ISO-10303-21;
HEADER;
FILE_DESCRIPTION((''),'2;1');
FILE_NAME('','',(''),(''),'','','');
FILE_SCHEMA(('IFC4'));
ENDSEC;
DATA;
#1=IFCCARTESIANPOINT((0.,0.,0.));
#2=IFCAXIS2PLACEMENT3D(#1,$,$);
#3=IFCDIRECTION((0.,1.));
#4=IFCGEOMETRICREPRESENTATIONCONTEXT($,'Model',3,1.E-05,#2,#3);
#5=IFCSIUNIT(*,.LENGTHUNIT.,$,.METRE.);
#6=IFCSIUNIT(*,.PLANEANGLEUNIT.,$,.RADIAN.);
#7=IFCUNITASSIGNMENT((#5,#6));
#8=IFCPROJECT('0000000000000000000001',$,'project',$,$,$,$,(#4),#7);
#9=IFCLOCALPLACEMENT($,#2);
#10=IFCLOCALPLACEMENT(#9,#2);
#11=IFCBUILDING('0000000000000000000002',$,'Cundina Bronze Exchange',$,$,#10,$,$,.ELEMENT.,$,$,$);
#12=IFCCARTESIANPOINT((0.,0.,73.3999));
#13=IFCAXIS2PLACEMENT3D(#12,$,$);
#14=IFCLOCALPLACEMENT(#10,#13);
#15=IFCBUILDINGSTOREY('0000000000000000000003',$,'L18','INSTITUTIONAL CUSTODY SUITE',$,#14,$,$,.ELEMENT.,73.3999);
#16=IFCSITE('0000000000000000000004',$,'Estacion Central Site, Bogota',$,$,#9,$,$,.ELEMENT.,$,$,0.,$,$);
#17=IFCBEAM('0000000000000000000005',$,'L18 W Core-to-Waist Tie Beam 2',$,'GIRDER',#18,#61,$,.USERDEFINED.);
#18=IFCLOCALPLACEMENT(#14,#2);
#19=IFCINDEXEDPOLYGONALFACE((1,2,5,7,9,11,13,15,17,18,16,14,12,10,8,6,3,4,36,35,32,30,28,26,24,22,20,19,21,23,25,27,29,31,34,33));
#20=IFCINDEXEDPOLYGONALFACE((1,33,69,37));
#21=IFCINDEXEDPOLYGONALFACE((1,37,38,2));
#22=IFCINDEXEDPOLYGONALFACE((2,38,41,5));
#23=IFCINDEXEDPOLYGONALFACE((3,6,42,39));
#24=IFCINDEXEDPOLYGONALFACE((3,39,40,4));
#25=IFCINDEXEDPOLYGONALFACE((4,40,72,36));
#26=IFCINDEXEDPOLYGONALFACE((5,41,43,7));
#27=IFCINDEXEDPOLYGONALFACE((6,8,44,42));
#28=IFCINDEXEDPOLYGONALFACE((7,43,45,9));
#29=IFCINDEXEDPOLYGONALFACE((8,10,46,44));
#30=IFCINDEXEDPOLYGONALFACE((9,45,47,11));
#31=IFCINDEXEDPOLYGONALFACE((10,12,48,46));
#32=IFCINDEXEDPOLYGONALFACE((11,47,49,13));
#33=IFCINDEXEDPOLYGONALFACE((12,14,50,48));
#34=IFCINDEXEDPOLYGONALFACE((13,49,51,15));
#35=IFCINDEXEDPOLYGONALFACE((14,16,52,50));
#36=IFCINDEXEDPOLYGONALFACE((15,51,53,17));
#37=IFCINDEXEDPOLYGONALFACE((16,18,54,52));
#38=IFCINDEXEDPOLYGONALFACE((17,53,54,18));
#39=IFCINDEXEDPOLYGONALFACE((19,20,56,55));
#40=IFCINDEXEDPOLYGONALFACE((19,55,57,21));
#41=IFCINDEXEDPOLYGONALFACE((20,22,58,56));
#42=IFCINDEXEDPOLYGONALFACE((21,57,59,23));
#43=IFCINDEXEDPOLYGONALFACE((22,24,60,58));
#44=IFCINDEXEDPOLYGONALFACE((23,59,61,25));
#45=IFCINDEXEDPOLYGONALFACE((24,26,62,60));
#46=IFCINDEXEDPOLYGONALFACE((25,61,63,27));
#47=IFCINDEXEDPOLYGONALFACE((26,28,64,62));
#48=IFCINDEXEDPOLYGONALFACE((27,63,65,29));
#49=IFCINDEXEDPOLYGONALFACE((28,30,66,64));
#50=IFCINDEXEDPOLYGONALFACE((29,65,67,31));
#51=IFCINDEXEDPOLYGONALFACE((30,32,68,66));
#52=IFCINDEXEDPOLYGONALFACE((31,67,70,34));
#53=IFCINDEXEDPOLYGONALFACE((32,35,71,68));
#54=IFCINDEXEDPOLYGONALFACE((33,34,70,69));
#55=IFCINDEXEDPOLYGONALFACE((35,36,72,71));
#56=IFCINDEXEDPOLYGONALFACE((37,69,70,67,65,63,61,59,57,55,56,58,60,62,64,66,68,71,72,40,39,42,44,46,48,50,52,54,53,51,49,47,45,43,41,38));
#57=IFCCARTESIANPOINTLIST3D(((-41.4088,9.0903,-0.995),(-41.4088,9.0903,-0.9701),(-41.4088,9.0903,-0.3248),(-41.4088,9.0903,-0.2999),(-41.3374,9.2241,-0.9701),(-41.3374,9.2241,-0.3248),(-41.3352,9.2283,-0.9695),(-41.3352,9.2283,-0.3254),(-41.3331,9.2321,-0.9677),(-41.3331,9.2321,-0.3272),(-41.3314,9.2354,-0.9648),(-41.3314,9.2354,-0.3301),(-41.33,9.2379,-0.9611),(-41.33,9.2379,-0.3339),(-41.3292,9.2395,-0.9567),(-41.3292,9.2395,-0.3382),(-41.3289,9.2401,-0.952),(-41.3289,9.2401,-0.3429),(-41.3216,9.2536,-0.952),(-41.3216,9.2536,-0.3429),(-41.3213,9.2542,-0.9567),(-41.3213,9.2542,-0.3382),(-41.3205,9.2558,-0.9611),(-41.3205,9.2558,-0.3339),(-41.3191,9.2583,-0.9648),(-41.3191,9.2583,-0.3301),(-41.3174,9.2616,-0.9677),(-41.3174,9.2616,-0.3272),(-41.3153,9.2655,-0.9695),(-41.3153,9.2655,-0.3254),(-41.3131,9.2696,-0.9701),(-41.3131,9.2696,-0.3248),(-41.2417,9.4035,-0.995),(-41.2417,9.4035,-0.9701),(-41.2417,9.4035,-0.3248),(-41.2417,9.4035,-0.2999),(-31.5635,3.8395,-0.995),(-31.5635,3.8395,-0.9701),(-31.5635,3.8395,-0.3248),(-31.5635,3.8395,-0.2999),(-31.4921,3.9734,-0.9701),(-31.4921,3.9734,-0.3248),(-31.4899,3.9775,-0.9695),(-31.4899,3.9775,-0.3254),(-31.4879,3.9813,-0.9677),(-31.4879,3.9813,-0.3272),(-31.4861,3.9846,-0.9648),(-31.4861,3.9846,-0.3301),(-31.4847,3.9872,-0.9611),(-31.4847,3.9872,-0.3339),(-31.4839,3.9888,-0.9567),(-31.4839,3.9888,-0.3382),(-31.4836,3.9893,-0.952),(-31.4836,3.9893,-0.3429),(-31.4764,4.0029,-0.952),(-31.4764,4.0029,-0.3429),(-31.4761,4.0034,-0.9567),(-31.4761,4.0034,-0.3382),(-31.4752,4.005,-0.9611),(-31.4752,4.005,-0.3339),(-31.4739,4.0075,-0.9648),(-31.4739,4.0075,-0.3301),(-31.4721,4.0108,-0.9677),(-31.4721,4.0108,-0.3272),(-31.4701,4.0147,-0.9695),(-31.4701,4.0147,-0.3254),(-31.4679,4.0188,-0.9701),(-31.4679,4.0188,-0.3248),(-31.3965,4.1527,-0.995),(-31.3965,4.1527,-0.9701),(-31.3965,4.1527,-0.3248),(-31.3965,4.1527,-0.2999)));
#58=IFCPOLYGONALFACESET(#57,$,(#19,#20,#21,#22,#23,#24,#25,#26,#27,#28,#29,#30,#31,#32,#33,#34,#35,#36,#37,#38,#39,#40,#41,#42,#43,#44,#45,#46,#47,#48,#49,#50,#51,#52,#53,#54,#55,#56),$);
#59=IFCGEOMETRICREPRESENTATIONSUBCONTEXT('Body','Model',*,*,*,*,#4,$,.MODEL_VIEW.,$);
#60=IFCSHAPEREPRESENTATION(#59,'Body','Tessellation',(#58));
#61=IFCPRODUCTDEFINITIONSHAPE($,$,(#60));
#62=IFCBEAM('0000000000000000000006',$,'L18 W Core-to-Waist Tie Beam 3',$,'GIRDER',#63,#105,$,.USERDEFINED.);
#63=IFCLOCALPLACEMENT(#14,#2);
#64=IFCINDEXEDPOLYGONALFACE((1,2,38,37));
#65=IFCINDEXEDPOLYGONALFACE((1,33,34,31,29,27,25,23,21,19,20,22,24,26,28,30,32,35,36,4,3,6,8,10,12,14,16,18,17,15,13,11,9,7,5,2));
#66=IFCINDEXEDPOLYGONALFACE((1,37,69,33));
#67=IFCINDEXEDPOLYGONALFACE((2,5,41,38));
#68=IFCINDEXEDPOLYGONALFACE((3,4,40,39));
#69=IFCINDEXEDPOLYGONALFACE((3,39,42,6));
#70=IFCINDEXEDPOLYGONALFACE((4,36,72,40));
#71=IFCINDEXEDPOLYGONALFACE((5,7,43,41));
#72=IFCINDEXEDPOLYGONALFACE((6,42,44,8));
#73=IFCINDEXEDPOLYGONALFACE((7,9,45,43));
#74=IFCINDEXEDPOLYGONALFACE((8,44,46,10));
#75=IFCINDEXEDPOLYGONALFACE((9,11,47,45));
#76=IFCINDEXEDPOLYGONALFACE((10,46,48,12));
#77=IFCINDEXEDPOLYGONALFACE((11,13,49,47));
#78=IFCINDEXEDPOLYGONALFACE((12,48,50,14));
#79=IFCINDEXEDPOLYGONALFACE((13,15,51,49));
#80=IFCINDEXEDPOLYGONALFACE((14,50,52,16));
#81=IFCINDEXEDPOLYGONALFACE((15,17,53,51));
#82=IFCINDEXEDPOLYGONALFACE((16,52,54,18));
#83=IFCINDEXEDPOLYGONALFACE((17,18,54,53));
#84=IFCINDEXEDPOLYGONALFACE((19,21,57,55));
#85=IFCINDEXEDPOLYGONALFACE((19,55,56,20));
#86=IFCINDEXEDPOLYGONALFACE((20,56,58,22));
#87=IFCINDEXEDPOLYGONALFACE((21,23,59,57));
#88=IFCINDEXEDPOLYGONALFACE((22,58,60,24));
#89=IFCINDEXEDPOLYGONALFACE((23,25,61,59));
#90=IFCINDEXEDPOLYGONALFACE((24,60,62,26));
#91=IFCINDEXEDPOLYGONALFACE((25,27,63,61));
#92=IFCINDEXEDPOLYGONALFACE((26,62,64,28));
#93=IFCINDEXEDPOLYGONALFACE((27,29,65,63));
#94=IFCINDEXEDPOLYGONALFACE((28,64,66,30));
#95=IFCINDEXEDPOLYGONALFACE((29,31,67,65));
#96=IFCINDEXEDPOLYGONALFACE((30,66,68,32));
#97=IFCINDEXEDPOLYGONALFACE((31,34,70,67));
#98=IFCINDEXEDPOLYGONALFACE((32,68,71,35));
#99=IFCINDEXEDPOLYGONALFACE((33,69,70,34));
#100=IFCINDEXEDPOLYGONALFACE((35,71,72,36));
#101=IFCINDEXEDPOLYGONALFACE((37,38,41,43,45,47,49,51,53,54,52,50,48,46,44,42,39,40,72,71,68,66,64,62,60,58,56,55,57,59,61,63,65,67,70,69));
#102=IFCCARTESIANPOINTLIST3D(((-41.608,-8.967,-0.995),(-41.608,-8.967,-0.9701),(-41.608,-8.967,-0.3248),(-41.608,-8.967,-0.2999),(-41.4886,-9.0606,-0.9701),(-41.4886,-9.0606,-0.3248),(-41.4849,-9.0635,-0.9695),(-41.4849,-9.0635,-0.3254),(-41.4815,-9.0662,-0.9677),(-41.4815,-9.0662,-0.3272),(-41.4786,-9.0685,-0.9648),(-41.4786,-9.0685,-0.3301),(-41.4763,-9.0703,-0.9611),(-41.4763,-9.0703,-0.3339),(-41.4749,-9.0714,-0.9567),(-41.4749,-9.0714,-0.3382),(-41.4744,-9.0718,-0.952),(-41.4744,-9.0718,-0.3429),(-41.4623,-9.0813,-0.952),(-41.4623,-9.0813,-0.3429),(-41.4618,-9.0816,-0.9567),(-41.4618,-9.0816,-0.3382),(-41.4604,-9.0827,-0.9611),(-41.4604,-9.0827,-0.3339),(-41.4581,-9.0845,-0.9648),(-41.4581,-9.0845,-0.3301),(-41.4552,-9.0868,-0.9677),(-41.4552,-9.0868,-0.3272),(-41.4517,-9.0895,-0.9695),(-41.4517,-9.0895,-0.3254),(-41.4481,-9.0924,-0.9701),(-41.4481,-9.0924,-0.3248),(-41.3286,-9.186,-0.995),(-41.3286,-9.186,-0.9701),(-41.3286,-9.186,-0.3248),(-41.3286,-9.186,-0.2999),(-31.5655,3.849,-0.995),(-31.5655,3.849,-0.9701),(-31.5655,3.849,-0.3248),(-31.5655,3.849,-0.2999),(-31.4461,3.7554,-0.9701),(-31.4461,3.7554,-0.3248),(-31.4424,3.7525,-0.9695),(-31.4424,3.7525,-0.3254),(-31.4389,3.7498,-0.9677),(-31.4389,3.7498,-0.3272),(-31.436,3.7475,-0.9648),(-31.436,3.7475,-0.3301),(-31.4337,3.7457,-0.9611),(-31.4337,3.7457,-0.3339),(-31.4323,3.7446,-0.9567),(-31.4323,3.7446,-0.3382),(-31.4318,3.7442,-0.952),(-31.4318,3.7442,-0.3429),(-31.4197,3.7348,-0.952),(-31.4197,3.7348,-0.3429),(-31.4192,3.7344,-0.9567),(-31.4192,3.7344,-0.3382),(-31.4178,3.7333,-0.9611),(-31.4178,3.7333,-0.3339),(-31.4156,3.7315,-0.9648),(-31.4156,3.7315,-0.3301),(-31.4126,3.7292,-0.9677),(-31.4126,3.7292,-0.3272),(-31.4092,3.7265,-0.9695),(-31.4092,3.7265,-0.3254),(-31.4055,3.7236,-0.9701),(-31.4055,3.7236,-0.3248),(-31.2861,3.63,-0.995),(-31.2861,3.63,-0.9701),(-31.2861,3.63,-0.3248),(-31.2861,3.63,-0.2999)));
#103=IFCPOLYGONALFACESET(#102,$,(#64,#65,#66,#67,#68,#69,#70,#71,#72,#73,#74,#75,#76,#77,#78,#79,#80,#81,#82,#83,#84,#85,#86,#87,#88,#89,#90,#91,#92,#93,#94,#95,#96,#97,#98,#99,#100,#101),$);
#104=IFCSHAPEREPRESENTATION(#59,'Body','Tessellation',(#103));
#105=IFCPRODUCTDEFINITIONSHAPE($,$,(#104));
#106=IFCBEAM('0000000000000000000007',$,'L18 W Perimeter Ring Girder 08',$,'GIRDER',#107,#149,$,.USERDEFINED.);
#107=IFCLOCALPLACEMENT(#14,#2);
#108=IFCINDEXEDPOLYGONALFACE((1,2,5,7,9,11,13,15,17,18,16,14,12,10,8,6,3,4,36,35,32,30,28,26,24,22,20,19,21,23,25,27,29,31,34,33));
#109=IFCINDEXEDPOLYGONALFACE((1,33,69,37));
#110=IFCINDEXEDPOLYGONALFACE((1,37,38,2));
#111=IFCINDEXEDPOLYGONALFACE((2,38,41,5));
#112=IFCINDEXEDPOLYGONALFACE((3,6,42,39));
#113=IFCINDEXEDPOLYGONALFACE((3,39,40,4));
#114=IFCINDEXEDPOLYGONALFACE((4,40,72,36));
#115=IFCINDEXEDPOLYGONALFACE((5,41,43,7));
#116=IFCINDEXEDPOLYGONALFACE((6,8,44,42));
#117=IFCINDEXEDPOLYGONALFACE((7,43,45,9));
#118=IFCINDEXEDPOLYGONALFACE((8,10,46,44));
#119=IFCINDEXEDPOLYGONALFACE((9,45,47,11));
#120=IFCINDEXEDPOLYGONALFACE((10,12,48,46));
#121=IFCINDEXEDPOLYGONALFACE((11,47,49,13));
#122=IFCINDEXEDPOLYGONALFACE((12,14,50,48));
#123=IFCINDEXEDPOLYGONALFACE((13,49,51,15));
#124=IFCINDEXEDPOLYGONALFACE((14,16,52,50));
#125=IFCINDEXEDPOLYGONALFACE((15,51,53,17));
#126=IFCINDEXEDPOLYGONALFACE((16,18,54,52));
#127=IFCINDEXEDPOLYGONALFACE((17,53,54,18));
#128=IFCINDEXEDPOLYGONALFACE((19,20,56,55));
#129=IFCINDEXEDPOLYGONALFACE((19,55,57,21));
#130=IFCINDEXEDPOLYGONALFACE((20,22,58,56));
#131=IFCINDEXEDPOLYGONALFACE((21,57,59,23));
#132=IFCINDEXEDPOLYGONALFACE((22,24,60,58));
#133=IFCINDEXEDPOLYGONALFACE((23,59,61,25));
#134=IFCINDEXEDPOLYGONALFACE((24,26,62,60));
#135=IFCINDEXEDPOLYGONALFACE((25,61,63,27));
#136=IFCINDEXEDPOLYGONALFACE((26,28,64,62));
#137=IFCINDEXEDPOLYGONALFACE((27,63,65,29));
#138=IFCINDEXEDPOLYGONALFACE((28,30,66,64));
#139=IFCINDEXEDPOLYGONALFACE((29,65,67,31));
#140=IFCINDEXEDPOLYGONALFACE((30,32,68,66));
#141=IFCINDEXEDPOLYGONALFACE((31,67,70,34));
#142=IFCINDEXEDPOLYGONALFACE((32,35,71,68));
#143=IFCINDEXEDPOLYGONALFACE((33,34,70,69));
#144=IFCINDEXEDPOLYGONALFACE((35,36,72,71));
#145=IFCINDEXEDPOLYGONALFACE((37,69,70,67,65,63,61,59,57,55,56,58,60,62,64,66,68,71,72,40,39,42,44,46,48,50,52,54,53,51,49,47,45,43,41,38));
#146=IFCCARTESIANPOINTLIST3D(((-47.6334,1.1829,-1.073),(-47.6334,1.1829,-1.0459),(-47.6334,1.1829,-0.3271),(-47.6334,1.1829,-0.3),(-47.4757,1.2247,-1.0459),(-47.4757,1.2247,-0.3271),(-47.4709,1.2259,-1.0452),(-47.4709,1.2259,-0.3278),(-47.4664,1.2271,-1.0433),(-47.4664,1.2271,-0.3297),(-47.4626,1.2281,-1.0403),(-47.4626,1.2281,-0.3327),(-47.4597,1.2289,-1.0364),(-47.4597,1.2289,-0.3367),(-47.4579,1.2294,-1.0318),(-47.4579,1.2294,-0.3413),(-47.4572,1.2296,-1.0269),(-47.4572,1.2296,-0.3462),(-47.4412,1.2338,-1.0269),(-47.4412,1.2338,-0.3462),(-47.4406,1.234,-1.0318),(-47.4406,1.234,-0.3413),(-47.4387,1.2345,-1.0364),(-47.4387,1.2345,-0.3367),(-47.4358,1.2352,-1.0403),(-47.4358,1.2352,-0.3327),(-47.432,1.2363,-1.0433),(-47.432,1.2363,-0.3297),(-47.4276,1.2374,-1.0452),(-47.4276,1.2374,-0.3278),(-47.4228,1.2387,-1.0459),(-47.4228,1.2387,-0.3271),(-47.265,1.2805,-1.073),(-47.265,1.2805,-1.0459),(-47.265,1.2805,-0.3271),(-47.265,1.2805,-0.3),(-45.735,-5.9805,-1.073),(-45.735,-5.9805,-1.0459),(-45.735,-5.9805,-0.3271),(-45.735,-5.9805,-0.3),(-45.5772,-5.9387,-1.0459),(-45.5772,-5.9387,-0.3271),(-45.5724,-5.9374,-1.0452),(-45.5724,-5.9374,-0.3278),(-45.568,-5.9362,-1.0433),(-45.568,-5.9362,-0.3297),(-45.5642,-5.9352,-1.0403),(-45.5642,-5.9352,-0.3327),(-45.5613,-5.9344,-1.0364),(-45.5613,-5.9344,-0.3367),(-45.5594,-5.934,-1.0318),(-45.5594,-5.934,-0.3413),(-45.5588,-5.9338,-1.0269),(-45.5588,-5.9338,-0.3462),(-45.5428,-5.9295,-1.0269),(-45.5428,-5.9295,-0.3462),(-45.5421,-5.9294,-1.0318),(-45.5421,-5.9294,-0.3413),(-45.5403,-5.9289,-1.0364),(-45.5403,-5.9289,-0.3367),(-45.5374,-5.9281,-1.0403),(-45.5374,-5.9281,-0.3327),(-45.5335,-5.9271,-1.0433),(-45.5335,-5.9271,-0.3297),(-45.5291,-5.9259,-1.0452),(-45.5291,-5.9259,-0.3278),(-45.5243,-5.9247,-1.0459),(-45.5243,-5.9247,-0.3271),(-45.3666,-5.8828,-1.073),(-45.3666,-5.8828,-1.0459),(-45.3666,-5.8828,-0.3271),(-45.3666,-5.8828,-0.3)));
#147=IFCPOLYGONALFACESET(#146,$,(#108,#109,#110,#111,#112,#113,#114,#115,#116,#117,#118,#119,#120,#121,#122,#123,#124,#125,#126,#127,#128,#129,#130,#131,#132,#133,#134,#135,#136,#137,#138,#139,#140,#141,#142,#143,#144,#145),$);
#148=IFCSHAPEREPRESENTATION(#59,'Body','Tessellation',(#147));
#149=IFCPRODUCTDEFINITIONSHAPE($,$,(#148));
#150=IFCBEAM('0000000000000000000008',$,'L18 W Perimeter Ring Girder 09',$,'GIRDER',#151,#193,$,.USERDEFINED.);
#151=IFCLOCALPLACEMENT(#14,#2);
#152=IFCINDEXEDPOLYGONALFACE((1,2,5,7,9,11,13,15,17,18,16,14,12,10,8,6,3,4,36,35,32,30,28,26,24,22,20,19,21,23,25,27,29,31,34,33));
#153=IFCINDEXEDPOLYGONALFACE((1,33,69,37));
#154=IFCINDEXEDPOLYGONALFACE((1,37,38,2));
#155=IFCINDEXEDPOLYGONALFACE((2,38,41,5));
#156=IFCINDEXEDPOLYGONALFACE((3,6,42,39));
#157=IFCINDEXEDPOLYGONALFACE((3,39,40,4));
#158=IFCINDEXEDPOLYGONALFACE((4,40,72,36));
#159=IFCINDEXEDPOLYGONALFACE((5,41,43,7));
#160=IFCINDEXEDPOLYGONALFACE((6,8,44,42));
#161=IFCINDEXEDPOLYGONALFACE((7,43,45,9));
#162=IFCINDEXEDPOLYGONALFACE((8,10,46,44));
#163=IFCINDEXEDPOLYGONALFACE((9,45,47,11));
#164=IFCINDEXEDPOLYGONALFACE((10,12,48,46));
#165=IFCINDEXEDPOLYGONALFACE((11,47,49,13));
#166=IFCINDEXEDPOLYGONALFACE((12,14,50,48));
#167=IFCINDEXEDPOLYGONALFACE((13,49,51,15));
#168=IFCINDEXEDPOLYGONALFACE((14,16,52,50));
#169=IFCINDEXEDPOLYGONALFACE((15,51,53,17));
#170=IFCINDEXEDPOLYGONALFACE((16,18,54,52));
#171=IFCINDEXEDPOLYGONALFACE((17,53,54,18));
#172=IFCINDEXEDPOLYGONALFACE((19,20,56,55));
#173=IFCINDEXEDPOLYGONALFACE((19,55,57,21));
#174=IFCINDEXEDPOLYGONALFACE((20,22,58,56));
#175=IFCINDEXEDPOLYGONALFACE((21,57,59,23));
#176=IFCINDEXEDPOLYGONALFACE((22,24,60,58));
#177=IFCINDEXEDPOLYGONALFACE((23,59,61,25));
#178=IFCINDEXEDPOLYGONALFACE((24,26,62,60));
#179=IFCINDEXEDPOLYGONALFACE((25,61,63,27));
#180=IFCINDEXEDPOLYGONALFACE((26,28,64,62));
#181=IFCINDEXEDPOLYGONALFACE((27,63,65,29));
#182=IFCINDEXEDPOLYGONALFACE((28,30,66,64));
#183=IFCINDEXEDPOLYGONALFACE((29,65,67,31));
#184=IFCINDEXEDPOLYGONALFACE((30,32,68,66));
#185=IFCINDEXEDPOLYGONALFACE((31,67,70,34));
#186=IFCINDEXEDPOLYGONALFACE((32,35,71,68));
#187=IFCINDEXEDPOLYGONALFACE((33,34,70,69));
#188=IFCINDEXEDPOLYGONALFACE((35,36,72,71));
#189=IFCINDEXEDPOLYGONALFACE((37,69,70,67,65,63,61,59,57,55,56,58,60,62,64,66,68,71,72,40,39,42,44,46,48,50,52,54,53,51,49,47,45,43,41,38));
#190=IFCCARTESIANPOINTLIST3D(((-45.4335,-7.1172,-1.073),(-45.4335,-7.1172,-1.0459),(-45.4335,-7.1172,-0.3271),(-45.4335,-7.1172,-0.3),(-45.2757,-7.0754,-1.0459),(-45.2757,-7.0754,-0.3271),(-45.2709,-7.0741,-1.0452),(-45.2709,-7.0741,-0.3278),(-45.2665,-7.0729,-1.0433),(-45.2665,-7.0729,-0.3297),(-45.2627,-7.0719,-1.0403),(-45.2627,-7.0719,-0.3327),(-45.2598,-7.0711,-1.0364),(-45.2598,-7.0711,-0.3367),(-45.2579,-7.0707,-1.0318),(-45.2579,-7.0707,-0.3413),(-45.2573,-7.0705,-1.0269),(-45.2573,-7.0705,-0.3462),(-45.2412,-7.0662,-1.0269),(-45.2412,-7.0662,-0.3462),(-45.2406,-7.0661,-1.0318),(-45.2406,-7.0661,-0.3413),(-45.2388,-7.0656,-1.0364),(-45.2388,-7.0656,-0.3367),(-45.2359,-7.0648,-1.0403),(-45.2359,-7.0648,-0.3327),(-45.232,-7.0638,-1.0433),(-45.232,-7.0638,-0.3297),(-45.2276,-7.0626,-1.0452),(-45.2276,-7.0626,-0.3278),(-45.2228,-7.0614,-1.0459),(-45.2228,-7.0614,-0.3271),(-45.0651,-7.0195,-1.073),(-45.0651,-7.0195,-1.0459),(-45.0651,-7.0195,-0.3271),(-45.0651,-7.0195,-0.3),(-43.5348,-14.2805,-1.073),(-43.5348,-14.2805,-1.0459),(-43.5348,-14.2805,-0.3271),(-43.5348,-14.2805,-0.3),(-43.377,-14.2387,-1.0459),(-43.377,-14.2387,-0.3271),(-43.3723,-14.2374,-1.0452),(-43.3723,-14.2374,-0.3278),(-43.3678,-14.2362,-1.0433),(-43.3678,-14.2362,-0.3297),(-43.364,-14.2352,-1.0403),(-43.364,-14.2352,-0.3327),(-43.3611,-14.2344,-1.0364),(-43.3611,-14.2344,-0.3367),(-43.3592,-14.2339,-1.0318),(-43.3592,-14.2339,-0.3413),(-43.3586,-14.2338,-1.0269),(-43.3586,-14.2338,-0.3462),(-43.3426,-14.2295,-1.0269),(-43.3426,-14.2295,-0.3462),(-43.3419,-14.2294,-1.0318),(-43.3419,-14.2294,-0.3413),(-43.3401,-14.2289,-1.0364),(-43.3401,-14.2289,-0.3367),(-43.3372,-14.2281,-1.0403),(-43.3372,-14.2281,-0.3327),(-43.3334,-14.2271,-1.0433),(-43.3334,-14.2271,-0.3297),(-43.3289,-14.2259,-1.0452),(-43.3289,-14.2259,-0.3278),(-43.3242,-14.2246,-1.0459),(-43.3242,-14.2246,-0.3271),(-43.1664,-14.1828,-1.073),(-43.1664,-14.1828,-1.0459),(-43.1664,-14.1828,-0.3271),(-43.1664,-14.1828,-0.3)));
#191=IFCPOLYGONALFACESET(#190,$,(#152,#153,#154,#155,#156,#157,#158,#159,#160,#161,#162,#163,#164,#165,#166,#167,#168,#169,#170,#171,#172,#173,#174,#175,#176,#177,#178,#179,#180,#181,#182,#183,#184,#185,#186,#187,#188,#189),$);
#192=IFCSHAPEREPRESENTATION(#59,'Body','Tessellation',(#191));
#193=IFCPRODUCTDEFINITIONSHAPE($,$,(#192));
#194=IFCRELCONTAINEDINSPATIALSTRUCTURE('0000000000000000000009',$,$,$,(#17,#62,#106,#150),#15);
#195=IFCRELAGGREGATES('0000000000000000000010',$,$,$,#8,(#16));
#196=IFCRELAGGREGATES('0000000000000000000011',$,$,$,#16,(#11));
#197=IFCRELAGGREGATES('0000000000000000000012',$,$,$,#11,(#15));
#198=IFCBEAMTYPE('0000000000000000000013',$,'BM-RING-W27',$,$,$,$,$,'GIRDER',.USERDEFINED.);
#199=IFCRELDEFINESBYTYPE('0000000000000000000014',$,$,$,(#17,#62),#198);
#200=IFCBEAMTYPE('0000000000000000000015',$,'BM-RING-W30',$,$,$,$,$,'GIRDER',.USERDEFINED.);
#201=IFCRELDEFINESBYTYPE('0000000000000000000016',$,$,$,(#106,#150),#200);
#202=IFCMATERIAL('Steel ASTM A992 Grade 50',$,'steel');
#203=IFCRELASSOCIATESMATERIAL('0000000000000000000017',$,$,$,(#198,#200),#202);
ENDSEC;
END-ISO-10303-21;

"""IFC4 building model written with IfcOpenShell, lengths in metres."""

from ifc_helpers import new_model, si_unit, direction, frame, origin, origin_2d, place, context, subcontext, project, spatial, i_section, extrude, material, material_profile, profile_set, type_object, element, save


model = new_model("IFC4")

# Units and contexts
model_context = context("Model", 3, precision=1e-05, world=origin(), true_north=direction((0.0, 1.0)))
body_context = subcontext(model_context, "Body", "Model", "MODEL_VIEW")
ifc_project = project(units=[si_unit("LENGTHUNIT", "METRE"), si_unit("PLANEANGLEUNIT", "RADIAN")], contexts=[model_context])

# Site, building, storey
site_placement = place(None, origin())
site = spatial("IfcSite", under=ifc_project, at=site_placement, Name="Estacion Central Site, Bogota", CompositionType="ELEMENT", RefElevation=0.0)
building_placement = place(site_placement, origin())
building = spatial("IfcBuilding", under=site, at=building_placement, Name="Cundina Bronze Exchange", CompositionType="ELEMENT")
storey_placement = place(building_placement, frame((0.0, 0.0, 73.3999)))
storey = spatial("IfcBuildingStorey", under=building, at=storey_placement, Name="L18", Description="INSTITUTIONAL CUSTODY SUITE", CompositionType="ELEMENT", Elevation=73.3999)

# Shared definitions
ifc_material_1 = material(Name="Steel ASTM A992 Grade 50", Category="steel")

# Beams
ifc_material_profile_1 = material_profile(ifc_material_1, i_section(OverallWidth=0.355, OverallDepth=0.6951, WebThickness=0.0154, FlangeThickness=0.0249, FilletRadius=0.0181, at=origin_2d()), Name="W27X146", Category="steel")
ifc_profile_set_1 = profile_set([ifc_material_profile_1], Name="Steel ASTM A992 Grade 50")
beam_type_1 = type_object("IfcBeamType", Name="BM-RING-W27", ElementType="GIRDER", PredefinedType="USERDEFINED", material=ifc_profile_set_1)
beam_1_placement = place(storey_placement, frame((-31.48, 3.9961, -0.6475), z_axis=(-0.882355, 0.470585, 0.0), x_axis=(-0.470585, -0.882355, 0.0)))
element("IfcBeam", 1, at=beam_1_placement, inside=storey, type_object=beam_type_1, Name="L18 W Core-to-Waist Tie Beam 2", ObjectType="GIRDER", PredefinedType="USERDEFINED", context=body_context, shape_type="SweptSolid", body=[
    extrude(i_section(OverallWidth=0.355, OverallDepth=0.6951, WebThickness=0.0154, FlangeThickness=0.0249, FilletRadius=0.0181, at=origin_2d()), origin(), (0.0, 0.0, 1.0), 11.158),
])
beam_2_placement = place(storey_placement, frame((-31.4258, 3.7395, -0.6475), z_axis=(-0.616789, -0.787128, 0.0), x_axis=(0.787128, -0.616789, 0.0)))
element("IfcBeam", 2, at=beam_2_placement, inside=storey, type_object=beam_type_1, Name="L18 W Core-to-Waist Tie Beam 3", ObjectType="GIRDER", PredefinedType="USERDEFINED", context=body_context, shape_type="SweptSolid", body=[
    extrude(i_section(OverallWidth=0.355, OverallDepth=0.6951, WebThickness=0.0154, FlangeThickness=0.0249, FilletRadius=0.0181, at=origin_2d()), origin(), (0.0, 0.0, 1.0), 16.282),
])
ifc_material_profile_2 = material_profile(ifc_material_1, i_section(OverallWidth=0.3811, OverallDepth=0.7729, WebThickness=0.0166, FlangeThickness=0.0271, FilletRadius=0.019, at=origin_2d()), Name="W30X173", Category="steel")
ifc_profile_set_2 = profile_set([ifc_material_profile_2], Name="Steel ASTM A992 Grade 50")
beam_type_2 = type_object("IfcBeamType", Name="BM-RING-W30", ElementType="GIRDER", PredefinedType="USERDEFINED", material=ifc_profile_set_2)
for number, where, z_axis, x_axis, name in (
    (3, (-47.4492, 1.2317, -0.6865), (0.256178, -0.96663, 0.0), (0.96663, 0.256178, 0.0), "L18 W Perimeter Ring Girder 08"),
    (4, (-45.2493, -7.0684, -0.6865), (0.256209, -0.966622, 0.0), (0.966622, 0.256209, 0.0), "L18 W Perimeter Ring Girder 09"),
):
    element("IfcBeam", number, at=place(storey_placement, frame(where, z_axis=z_axis, x_axis=x_axis)), inside=storey, type_object=beam_type_2, Name=name, ObjectType="GIRDER", PredefinedType="USERDEFINED", context=body_context, shape_type="SweptSolid", body=[
        extrude(i_section(OverallWidth=0.3811, OverallDepth=0.7729, WebThickness=0.0166, FlangeThickness=0.0271, FilletRadius=0.019, at=origin_2d()), origin(), (0.0, 0.0, 1.0), 7.4106),
    ])

save(model, "model.ifc")
